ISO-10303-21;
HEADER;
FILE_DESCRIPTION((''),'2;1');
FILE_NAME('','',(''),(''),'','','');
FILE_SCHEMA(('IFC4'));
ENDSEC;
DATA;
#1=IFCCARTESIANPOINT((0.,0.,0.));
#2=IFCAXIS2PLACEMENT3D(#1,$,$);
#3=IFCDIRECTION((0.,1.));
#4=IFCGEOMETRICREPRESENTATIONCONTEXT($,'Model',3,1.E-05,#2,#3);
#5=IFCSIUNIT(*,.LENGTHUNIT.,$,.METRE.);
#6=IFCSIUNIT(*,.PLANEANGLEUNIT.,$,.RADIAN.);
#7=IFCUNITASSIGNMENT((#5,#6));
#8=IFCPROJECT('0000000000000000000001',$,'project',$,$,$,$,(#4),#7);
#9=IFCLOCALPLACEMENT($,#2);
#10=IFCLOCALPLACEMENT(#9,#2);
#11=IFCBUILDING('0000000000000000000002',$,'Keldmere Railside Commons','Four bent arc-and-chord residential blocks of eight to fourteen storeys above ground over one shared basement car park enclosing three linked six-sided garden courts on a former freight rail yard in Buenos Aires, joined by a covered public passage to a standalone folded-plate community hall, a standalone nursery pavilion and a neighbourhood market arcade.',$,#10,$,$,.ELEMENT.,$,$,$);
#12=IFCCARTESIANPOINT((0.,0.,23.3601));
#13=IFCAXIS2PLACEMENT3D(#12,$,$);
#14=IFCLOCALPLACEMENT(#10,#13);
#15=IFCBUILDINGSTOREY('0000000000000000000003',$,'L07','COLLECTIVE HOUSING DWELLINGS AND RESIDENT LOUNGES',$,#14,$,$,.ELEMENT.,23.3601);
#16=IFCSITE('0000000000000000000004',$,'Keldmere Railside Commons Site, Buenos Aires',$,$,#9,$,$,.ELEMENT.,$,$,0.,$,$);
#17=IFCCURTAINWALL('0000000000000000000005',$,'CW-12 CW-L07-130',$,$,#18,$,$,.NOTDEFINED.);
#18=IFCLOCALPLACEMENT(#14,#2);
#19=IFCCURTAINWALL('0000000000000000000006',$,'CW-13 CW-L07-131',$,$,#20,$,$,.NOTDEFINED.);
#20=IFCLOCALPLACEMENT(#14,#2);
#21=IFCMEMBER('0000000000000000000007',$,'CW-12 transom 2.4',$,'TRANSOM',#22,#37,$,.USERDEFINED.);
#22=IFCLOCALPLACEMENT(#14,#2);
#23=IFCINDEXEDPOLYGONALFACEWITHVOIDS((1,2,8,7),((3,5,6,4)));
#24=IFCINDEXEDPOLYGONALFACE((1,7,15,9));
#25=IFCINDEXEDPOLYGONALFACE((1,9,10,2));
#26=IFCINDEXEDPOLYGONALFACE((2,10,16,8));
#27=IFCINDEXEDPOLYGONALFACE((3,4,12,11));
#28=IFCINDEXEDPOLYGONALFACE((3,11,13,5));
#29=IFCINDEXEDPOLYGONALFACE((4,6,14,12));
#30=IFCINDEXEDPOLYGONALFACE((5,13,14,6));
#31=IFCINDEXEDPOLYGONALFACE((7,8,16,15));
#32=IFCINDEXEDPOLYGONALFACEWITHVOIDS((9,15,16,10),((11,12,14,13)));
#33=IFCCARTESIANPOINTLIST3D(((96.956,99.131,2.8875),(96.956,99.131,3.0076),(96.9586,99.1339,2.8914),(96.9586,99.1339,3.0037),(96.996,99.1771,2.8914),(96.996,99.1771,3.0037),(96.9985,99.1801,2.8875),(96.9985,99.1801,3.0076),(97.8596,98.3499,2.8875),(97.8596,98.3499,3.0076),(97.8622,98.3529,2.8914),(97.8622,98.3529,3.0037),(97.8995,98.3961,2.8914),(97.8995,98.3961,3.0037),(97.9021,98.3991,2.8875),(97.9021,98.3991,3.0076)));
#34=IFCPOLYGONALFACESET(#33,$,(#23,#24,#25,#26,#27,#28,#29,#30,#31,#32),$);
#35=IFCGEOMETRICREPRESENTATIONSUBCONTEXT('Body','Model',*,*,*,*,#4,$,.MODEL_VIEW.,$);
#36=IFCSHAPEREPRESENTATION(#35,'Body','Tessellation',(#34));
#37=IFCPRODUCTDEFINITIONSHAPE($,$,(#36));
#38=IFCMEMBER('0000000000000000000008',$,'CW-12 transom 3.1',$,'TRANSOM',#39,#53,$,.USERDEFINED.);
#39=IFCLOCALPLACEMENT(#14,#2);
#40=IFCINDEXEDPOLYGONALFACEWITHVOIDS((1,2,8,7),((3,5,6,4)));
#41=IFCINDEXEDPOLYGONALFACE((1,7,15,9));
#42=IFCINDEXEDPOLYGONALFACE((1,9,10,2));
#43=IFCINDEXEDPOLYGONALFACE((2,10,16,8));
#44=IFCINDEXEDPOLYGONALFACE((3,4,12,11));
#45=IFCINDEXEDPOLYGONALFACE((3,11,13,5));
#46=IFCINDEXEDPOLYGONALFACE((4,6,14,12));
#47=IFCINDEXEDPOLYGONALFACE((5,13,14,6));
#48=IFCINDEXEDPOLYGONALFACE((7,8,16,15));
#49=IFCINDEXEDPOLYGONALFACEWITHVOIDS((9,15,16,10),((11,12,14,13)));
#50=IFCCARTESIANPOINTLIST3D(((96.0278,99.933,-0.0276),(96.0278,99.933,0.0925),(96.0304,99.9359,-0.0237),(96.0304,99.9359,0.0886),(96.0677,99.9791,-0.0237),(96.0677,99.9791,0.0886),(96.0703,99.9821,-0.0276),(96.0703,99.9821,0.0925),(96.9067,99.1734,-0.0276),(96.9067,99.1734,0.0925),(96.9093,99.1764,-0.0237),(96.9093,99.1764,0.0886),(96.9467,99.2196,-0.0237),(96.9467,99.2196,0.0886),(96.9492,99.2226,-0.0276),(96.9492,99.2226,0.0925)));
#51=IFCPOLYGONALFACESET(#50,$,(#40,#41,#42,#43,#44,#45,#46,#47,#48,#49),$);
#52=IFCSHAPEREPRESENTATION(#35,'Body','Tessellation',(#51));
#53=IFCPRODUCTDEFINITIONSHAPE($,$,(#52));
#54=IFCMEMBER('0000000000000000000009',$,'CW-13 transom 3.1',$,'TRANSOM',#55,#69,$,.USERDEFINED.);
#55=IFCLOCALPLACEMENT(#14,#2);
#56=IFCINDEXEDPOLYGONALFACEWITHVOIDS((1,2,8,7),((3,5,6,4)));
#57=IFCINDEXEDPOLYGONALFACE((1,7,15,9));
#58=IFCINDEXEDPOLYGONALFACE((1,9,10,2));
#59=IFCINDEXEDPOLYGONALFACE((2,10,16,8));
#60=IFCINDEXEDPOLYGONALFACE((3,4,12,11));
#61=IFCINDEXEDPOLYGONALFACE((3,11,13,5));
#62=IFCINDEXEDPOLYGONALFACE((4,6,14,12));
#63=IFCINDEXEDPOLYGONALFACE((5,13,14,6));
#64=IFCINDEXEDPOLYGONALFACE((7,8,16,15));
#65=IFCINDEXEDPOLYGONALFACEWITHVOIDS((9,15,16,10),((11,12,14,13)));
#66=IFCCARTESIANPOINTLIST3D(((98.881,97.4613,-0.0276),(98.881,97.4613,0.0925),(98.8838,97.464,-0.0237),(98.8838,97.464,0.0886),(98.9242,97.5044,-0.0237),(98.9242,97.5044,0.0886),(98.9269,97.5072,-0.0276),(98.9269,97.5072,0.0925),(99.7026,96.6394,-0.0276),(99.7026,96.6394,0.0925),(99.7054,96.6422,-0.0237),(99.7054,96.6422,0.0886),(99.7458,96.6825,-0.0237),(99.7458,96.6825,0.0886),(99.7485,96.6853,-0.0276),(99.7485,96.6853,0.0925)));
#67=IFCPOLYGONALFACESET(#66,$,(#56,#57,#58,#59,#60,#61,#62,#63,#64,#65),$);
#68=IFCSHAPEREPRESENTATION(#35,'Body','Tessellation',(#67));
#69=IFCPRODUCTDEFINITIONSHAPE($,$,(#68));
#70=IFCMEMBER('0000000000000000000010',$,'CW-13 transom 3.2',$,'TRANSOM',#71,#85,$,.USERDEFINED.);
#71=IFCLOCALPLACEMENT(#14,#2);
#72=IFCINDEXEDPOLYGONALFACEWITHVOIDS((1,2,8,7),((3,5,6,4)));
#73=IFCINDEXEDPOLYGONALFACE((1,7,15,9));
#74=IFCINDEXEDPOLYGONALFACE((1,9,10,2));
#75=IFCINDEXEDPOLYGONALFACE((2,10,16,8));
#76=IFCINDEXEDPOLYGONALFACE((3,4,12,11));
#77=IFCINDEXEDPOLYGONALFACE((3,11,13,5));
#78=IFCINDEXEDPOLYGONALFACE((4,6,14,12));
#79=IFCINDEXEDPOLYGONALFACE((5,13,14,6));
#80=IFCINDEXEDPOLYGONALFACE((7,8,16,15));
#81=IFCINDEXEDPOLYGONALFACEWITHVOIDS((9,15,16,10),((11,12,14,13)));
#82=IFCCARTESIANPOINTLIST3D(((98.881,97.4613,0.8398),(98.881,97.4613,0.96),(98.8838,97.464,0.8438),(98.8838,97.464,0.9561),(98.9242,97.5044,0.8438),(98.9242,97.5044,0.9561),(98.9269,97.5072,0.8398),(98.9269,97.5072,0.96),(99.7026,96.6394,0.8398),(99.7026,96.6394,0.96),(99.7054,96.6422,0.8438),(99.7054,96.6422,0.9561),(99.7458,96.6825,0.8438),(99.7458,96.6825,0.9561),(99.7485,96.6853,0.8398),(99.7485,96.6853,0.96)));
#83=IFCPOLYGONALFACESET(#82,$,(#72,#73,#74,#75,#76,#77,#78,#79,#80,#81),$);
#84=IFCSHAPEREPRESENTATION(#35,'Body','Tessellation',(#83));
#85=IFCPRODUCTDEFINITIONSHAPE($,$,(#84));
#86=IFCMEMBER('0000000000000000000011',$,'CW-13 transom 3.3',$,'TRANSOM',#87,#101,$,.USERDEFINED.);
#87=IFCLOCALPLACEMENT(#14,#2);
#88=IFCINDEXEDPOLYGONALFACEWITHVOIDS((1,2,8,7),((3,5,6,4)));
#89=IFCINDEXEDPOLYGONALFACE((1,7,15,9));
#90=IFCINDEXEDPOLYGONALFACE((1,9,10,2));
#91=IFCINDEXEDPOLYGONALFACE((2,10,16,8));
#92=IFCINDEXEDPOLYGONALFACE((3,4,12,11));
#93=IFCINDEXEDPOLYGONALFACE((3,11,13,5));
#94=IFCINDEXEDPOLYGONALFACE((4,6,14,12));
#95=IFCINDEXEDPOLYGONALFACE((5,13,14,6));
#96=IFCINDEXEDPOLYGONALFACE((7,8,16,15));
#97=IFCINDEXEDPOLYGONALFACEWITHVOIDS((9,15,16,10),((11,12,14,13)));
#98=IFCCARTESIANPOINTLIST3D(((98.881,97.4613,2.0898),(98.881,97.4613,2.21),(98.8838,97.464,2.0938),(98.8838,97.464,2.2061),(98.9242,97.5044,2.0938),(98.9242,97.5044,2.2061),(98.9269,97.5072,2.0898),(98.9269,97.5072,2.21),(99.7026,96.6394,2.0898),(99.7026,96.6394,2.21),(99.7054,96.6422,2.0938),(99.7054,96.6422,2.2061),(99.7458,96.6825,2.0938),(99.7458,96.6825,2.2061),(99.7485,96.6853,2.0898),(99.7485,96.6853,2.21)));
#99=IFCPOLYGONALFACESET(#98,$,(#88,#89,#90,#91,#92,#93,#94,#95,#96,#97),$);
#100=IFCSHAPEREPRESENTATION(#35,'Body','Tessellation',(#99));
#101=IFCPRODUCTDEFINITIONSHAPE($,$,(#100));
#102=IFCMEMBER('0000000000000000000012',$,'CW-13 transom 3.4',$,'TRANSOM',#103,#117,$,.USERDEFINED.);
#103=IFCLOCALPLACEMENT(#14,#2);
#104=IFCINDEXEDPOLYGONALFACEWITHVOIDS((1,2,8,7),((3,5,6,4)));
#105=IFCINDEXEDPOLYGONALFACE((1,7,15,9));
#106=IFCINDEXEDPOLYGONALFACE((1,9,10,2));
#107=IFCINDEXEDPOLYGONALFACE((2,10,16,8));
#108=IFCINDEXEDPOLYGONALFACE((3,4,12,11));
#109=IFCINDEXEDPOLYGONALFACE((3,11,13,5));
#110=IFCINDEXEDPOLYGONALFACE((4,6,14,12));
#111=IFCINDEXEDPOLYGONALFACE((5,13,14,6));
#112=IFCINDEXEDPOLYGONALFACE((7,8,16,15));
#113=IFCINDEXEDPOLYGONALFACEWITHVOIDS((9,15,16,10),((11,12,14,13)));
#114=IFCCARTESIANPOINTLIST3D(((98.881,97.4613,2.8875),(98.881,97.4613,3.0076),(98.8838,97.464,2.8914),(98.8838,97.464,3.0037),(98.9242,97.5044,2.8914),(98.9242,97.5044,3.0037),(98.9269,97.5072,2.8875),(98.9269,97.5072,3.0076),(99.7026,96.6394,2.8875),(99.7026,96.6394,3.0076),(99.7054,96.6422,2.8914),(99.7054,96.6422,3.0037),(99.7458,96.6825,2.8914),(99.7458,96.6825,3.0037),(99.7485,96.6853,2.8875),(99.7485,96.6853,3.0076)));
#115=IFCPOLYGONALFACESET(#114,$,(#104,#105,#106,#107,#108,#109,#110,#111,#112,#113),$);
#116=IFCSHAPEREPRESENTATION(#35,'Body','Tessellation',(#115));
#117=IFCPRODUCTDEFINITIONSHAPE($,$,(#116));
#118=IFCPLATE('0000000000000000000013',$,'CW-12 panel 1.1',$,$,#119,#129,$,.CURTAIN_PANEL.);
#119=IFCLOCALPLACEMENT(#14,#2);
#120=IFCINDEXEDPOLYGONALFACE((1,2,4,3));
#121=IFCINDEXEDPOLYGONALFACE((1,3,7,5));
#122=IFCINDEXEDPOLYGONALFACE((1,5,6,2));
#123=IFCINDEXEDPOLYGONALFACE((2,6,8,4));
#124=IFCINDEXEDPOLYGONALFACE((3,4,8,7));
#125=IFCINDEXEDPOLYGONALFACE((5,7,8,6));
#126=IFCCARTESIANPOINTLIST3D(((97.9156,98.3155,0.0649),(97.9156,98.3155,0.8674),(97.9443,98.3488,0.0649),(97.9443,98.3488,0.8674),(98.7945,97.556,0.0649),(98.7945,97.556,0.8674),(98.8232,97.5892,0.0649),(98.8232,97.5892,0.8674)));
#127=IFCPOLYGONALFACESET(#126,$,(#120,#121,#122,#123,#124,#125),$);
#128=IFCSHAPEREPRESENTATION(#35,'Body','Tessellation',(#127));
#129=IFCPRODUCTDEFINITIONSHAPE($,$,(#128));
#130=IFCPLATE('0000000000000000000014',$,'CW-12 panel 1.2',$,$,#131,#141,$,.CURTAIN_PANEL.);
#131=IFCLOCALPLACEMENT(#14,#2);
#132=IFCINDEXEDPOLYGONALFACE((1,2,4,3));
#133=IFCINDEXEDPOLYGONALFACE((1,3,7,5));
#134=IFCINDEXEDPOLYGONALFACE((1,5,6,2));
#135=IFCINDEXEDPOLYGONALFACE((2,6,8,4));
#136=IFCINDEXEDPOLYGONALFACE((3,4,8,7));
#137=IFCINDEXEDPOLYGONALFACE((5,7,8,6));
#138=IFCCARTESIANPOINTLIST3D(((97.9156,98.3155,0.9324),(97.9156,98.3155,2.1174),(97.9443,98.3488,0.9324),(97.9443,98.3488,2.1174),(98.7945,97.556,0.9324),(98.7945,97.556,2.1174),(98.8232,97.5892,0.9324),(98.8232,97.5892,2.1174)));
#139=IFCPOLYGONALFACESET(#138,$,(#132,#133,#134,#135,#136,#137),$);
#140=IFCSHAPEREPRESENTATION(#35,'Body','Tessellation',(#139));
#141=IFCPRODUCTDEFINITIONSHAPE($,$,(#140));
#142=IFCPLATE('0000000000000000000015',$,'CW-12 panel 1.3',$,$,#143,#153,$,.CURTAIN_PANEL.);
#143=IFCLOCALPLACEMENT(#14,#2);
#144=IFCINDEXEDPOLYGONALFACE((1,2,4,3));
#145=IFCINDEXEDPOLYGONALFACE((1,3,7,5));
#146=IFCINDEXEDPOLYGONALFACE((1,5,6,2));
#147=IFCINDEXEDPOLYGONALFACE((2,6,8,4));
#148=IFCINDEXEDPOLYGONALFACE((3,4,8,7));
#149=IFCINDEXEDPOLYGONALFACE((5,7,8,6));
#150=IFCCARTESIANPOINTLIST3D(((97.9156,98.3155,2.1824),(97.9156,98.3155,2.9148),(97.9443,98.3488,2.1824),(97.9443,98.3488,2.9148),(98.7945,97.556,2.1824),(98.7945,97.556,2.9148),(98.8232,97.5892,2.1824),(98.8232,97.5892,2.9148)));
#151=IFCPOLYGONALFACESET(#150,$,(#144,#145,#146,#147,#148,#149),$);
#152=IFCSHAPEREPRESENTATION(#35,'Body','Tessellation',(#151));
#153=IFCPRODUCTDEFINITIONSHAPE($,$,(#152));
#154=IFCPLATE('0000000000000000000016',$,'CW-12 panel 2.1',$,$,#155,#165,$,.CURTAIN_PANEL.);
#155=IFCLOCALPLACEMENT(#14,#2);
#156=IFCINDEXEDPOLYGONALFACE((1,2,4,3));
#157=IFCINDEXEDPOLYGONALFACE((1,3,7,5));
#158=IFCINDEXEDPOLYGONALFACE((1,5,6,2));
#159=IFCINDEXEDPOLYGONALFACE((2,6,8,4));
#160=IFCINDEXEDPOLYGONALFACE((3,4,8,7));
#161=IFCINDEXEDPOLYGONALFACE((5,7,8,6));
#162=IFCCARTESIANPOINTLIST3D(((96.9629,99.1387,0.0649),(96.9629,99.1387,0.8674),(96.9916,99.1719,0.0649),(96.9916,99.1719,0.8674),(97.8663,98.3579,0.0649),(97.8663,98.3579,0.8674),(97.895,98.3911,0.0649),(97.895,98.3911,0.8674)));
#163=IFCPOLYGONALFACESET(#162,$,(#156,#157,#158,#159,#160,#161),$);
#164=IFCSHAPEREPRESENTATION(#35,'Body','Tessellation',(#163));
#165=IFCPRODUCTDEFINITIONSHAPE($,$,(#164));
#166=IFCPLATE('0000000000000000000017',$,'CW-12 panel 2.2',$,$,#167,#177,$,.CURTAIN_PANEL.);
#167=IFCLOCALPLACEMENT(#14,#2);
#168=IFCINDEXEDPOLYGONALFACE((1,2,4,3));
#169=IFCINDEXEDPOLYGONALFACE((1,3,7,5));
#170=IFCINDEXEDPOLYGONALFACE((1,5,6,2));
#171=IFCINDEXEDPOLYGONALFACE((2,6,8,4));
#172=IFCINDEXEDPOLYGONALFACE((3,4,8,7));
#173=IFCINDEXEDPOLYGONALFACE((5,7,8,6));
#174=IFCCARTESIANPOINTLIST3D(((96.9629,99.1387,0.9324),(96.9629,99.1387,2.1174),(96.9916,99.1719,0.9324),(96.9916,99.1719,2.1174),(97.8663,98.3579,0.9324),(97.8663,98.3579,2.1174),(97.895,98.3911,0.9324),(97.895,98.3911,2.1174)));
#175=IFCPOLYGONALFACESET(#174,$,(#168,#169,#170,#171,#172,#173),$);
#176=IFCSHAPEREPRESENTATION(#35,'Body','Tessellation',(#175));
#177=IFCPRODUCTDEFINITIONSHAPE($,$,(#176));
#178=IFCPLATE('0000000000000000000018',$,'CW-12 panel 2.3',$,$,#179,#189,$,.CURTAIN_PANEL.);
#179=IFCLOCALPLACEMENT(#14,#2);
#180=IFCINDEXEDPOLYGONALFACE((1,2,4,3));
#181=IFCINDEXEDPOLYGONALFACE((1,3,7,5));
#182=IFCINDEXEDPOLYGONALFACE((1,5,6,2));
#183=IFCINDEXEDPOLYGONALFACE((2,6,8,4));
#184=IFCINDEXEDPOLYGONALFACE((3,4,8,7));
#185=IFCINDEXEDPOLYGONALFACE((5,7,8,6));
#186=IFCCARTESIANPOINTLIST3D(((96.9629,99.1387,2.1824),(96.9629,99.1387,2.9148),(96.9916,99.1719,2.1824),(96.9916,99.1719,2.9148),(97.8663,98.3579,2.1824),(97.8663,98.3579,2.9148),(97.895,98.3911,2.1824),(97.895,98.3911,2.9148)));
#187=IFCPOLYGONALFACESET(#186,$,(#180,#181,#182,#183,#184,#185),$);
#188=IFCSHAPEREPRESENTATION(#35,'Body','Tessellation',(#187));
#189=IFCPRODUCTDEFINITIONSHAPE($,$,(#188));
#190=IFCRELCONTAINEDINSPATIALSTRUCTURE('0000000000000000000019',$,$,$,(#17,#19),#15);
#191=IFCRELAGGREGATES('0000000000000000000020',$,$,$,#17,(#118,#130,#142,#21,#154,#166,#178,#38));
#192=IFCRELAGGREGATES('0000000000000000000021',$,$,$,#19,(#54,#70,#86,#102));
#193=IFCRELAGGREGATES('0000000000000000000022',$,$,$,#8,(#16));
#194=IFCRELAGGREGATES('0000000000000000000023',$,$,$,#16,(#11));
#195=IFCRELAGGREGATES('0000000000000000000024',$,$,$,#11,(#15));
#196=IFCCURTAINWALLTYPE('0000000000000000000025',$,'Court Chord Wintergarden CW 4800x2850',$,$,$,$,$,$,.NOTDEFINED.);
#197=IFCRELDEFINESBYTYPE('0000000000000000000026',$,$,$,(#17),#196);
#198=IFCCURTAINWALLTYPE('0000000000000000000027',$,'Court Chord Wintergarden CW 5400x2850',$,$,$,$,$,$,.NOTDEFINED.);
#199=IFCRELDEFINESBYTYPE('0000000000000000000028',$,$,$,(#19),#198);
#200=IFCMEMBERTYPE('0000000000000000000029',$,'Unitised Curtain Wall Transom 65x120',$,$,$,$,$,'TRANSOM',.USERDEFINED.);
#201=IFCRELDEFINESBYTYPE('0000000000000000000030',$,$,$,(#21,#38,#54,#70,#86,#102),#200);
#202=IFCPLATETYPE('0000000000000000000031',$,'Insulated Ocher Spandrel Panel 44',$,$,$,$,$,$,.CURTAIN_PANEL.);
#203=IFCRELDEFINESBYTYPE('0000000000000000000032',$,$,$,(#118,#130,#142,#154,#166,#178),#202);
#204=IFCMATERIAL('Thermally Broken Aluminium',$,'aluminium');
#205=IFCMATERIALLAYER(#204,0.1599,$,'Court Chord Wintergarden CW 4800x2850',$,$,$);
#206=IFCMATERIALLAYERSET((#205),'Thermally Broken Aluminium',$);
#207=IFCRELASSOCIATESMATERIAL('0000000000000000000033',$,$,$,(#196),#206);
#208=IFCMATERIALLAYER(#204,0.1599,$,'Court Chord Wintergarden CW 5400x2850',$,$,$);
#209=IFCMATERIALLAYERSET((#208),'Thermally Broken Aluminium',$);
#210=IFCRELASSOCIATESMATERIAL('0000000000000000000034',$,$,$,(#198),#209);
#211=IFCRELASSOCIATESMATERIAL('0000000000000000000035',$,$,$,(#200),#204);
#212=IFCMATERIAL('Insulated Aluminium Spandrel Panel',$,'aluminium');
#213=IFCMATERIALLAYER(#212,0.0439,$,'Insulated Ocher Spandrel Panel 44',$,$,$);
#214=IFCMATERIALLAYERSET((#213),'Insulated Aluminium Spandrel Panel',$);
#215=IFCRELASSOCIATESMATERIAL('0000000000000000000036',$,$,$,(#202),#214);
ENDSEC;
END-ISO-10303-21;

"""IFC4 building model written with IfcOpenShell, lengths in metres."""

from ifc_helpers import new_model, si_unit, direction, frame, origin, origin_2d, place, context, subcontext, project, spatial, rectangle, hollow_rectangle, extrude, material, layer, layer_set, material_profile, profile_set, type_object, element, aggregate, save


model = new_model("IFC4")

# Units and contexts
model_context = context("Model", 3, precision=1e-05, world=origin(), true_north=direction((0.0, 1.0)))
body_context = subcontext(model_context, "Body", "Model", "MODEL_VIEW")
ifc_project = project(units=[si_unit("LENGTHUNIT", "METRE"), si_unit("PLANEANGLEUNIT", "RADIAN")], contexts=[model_context])

# Site, building, storey
site_placement = place(None, origin())
site = spatial("IfcSite", under=ifc_project, at=site_placement, Name="Keldmere Railside Commons Site, Buenos Aires", CompositionType="ELEMENT", RefElevation=0.0)
building_placement = place(site_placement, origin())
building = spatial("IfcBuilding", under=site, at=building_placement, Name="Keldmere Railside Commons", Description="Four bent arc-and-chord residential blocks of eight to fourteen storeys above ground over one shared basement car park enclosing three linked six-sided garden courts on a former freight rail yard in Buenos Aires, joined by a covered public passage to a standalone folded-plate community hall, a standalone nursery pavilion and a neighbourhood market arcade.", CompositionType="ELEMENT")
storey_placement = place(building_placement, frame((0.0, 0.0, 23.3601)))
storey = spatial("IfcBuildingStorey", under=building, at=storey_placement, Name="L07", Description="COLLECTIVE HOUSING DWELLINGS AND RESIDENT LOUNGES", CompositionType="ELEMENT", Elevation=23.3601)

# Curtain wall
ifc_material_1 = material(Name="Thermally Broken Aluminium", Category="aluminium")
ifc_layer_1 = layer(ifc_material_1, 0.1599, Name="Court Chord Wintergarden CW 4800x2850")
ifc_layer_set_1 = layer_set([ifc_layer_1], Name="Thermally Broken Aluminium")
curtain_wall_type_1 = type_object("IfcCurtainWallType", Name="Court Chord Wintergarden CW 4800x2850", PredefinedType="NOTDEFINED", material=ifc_layer_set_1)
curtain_wall_1_placement = place(storey_placement, origin())
curtain_wall_1 = element("IfcCurtainWall", 1, at=curtain_wall_1_placement, inside=storey, type_object=curtain_wall_type_1, Name="CW-12 CW-L07-130", PredefinedType="NOTDEFINED")

# Curtain wall
ifc_layer_2 = layer(ifc_material_1, 0.1599, Name="Court Chord Wintergarden CW 5400x2850")
ifc_layer_set_2 = layer_set([ifc_layer_2], Name="Thermally Broken Aluminium")
curtain_wall_type_2 = type_object("IfcCurtainWallType", Name="Court Chord Wintergarden CW 5400x2850", PredefinedType="NOTDEFINED", material=ifc_layer_set_2)
curtain_wall_2_placement = place(storey_placement, origin())
curtain_wall_2 = element("IfcCurtainWall", 2, at=curtain_wall_2_placement, inside=storey, type_object=curtain_wall_type_2, Name="CW-13 CW-L07-131", PredefinedType="NOTDEFINED")

# Members
ifc_material_profile_1 = material_profile(ifc_material_1, hollow_rectangle(XDim=0.0649, YDim=0.1201, WallThickness=0.0039, at=origin_2d()), Name="ALU-TRAN-65x120")
ifc_profile_set_1 = profile_set([ifc_material_profile_1], Name="Thermally Broken Aluminium")
member_type_1 = type_object("IfcMemberType", Name="Unitised Curtain Wall Transom 65x120", ElementType="TRANSOM", PredefinedType="USERDEFINED", material=ifc_profile_set_1)
member_1_placement = place(storey_placement, frame((97.8809, 98.3745, 2.9475), z_axis=(-0.756552, 0.653934, 0.0), x_axis=(-0.653934, -0.756552, 0.0)))
member_1 = element("IfcMember", 3, at=member_1_placement, type_object=member_type_1, Name="CW-12 transom 2.4", ObjectType="TRANSOM", PredefinedType="USERDEFINED", context=body_context, shape_type="SweptSolid", body=[
    extrude(hollow_rectangle(XDim=0.0649, YDim=0.1201, WallThickness=0.0039, at=origin_2d()), origin(), (0.0, 0.0, 1.0), 1.1943),
])
member_2_placement = place(storey_placement, frame((96.928, 99.198, 0.0325), z_axis=(-0.756624, 0.65385, 0.0), x_axis=(-0.65385, -0.756624, 0.0)))
member_2 = element("IfcMember", 4, at=member_2_placement, type_object=member_type_1, Name="CW-12 transom 3.1", ObjectType="TRANSOM", PredefinedType="USERDEFINED", context=body_context, shape_type="SweptSolid", body=[
    extrude(hollow_rectangle(XDim=0.0649, YDim=0.1201, WallThickness=0.0039, at=origin_2d()), origin(), (0.0, 0.0, 1.0), 1.1616),
])
member_3_placement = place(storey_placement, frame((99.7256, 96.6624, 0.0325), z_axis=(-0.707002, 0.707212, 0.0), x_axis=(-0.707212, -0.707002, 0.0)))
member_3 = element("IfcMember", 5, at=member_3_placement, type_object=member_type_1, Name="CW-13 transom 3.1", ObjectType="TRANSOM", PredefinedType="USERDEFINED", context=body_context, shape_type="SweptSolid", body=[
    extrude(hollow_rectangle(XDim=0.0649, YDim=0.1201, WallThickness=0.0039, at=origin_2d()), origin(), (0.0, 0.0, 1.0), 1.1621),
])
member_4_placement = place(storey_placement, frame((99.7256, 96.6624, 0.8999), z_axis=(-0.707002, 0.707212, 0.0), x_axis=(-0.707212, -0.707002, 0.0)))
member_4 = element("IfcMember", 6, at=member_4_placement, type_object=member_type_1, Name="CW-13 transom 3.2", ObjectType="TRANSOM", PredefinedType="USERDEFINED", context=body_context, shape_type="SweptSolid", body=[
    extrude(hollow_rectangle(XDim=0.0649, YDim=0.1201, WallThickness=0.0039, at=origin_2d()), origin(), (0.0, 0.0, 1.0), 1.1621),
])
member_5_placement = place(storey_placement, frame((99.7256, 96.6624, 2.1499), z_axis=(-0.707002, 0.707212, 0.0), x_axis=(-0.707212, -0.707002, 0.0)))
member_5 = element("IfcMember", 7, at=member_5_placement, type_object=member_type_1, Name="CW-13 transom 3.3", ObjectType="TRANSOM", PredefinedType="USERDEFINED", context=body_context, shape_type="SweptSolid", body=[
    extrude(hollow_rectangle(XDim=0.0649, YDim=0.1201, WallThickness=0.0039, at=origin_2d()), origin(), (0.0, 0.0, 1.0), 1.1621),
])
member_6_placement = place(storey_placement, frame((99.7256, 96.6624, 2.9475), z_axis=(-0.707002, 0.707212, 0.0), x_axis=(-0.707212, -0.707002, 0.0)))
member_6 = element("IfcMember", 8, at=member_6_placement, type_object=member_type_1, Name="CW-13 transom 3.4", ObjectType="TRANSOM", PredefinedType="USERDEFINED", context=body_context, shape_type="SweptSolid", body=[
    extrude(hollow_rectangle(XDim=0.0649, YDim=0.1201, WallThickness=0.0039, at=origin_2d()), origin(), (0.0, 0.0, 1.0), 1.1621),
])

# Plates
ifc_material_2 = material(Name="Insulated Aluminium Spandrel Panel", Category="aluminium")
ifc_layer_3 = layer(ifc_material_2, 0.0439, Name="Insulated Ocher Spandrel Panel 44")
ifc_layer_set_3 = layer_set([ifc_layer_3], Name="Insulated Aluminium Spandrel Panel")
plate_type_1 = type_object("IfcPlateType", Name="Insulated Ocher Spandrel Panel 44", PredefinedType="CURTAIN_PANEL", material=ifc_layer_set_3)
plate_1_placement = place(storey_placement, frame((98.3694, 97.9524, 0.0649), z_axis=(0.0, 0.0, 1.0), x_axis=(-0.756597, 0.653882, 0.0)))
plate_1 = element("IfcPlate", 9, at=plate_1_placement, type_object=plate_type_1, Name="CW-12 panel 1.1", PredefinedType="CURTAIN_PANEL", context=body_context, shape_type="SweptSolid", body=[
    extrude(rectangle(XDim=1.1616, YDim=0.0439, at=origin_2d()), origin(), (0.0, 0.0, 1.0), 0.8025),
])
plate_2_placement = place(storey_placement, frame((98.3694, 97.9524, 0.9324), z_axis=(0.0, 0.0, 1.0), x_axis=(-0.756597, 0.653882, 0.0)))
plate_2 = element("IfcPlate", 10, at=plate_2_placement, type_object=plate_type_1, Name="CW-12 panel 1.2", PredefinedType="CURTAIN_PANEL", context=body_context, shape_type="SweptSolid", body=[
    extrude(rectangle(XDim=1.1616, YDim=0.0439, at=origin_2d()), origin(), (0.0, 0.0, 1.0), 1.1851),
])
plate_3_placement = place(storey_placement, frame((98.3694, 97.9524, 2.1824), z_axis=(0.0, 0.0, 1.0), x_axis=(-0.756597, 0.653882, 0.0)))
plate_3 = element("IfcPlate", 11, at=plate_3_placement, type_object=plate_type_1, Name="CW-12 panel 1.3", PredefinedType="CURTAIN_PANEL", context=body_context, shape_type="SweptSolid", body=[
    extrude(rectangle(XDim=1.1616, YDim=0.0439, at=origin_2d()), origin(), (0.0, 0.0, 1.0), 0.7324),
])
plate_4_placement = place(storey_placement, frame((97.429, 98.7649, 0.0649), z_axis=(0.0, 0.0, 1.0), x_axis=(-0.756597, 0.653882, 0.0)))
plate_4 = element("IfcPlate", 12, at=plate_4_placement, type_object=plate_type_1, Name="CW-12 panel 2.1", PredefinedType="CURTAIN_PANEL", context=body_context, shape_type="SweptSolid", body=[
    extrude(rectangle(XDim=1.1941, YDim=0.0439, at=origin_2d()), origin(), (0.0, 0.0, 1.0), 0.8025),
])
plate_5_placement = place(storey_placement, frame((97.429, 98.7649, 0.9324), z_axis=(0.0, 0.0, 1.0), x_axis=(-0.756597, 0.653882, 0.0)))
plate_5 = element("IfcPlate", 13, at=plate_5_placement, type_object=plate_type_1, Name="CW-12 panel 2.2", PredefinedType="CURTAIN_PANEL", context=body_context, shape_type="SweptSolid", body=[
    extrude(rectangle(XDim=1.1941, YDim=0.0439, at=origin_2d()), origin(), (0.0, 0.0, 1.0), 1.1851),
])
plate_6_placement = place(storey_placement, frame((97.429, 98.7649, 2.1824), z_axis=(0.0, 0.0, 1.0), x_axis=(-0.756597, 0.653882, 0.0)))
plate_6 = element("IfcPlate", 14, at=plate_6_placement, type_object=plate_type_1, Name="CW-12 panel 2.3", PredefinedType="CURTAIN_PANEL", context=body_context, shape_type="SweptSolid", body=[
    extrude(rectangle(XDim=1.1941, YDim=0.0439, at=origin_2d()), origin(), (0.0, 0.0, 1.0), 0.7324),
])
aggregate(curtain_wall_1, [plate_1, plate_2, plate_3, member_1, plate_4, plate_5, plate_6, member_2])
aggregate(curtain_wall_2, [member_3, member_4, member_5, member_6])

save(model, "model.ifc")
